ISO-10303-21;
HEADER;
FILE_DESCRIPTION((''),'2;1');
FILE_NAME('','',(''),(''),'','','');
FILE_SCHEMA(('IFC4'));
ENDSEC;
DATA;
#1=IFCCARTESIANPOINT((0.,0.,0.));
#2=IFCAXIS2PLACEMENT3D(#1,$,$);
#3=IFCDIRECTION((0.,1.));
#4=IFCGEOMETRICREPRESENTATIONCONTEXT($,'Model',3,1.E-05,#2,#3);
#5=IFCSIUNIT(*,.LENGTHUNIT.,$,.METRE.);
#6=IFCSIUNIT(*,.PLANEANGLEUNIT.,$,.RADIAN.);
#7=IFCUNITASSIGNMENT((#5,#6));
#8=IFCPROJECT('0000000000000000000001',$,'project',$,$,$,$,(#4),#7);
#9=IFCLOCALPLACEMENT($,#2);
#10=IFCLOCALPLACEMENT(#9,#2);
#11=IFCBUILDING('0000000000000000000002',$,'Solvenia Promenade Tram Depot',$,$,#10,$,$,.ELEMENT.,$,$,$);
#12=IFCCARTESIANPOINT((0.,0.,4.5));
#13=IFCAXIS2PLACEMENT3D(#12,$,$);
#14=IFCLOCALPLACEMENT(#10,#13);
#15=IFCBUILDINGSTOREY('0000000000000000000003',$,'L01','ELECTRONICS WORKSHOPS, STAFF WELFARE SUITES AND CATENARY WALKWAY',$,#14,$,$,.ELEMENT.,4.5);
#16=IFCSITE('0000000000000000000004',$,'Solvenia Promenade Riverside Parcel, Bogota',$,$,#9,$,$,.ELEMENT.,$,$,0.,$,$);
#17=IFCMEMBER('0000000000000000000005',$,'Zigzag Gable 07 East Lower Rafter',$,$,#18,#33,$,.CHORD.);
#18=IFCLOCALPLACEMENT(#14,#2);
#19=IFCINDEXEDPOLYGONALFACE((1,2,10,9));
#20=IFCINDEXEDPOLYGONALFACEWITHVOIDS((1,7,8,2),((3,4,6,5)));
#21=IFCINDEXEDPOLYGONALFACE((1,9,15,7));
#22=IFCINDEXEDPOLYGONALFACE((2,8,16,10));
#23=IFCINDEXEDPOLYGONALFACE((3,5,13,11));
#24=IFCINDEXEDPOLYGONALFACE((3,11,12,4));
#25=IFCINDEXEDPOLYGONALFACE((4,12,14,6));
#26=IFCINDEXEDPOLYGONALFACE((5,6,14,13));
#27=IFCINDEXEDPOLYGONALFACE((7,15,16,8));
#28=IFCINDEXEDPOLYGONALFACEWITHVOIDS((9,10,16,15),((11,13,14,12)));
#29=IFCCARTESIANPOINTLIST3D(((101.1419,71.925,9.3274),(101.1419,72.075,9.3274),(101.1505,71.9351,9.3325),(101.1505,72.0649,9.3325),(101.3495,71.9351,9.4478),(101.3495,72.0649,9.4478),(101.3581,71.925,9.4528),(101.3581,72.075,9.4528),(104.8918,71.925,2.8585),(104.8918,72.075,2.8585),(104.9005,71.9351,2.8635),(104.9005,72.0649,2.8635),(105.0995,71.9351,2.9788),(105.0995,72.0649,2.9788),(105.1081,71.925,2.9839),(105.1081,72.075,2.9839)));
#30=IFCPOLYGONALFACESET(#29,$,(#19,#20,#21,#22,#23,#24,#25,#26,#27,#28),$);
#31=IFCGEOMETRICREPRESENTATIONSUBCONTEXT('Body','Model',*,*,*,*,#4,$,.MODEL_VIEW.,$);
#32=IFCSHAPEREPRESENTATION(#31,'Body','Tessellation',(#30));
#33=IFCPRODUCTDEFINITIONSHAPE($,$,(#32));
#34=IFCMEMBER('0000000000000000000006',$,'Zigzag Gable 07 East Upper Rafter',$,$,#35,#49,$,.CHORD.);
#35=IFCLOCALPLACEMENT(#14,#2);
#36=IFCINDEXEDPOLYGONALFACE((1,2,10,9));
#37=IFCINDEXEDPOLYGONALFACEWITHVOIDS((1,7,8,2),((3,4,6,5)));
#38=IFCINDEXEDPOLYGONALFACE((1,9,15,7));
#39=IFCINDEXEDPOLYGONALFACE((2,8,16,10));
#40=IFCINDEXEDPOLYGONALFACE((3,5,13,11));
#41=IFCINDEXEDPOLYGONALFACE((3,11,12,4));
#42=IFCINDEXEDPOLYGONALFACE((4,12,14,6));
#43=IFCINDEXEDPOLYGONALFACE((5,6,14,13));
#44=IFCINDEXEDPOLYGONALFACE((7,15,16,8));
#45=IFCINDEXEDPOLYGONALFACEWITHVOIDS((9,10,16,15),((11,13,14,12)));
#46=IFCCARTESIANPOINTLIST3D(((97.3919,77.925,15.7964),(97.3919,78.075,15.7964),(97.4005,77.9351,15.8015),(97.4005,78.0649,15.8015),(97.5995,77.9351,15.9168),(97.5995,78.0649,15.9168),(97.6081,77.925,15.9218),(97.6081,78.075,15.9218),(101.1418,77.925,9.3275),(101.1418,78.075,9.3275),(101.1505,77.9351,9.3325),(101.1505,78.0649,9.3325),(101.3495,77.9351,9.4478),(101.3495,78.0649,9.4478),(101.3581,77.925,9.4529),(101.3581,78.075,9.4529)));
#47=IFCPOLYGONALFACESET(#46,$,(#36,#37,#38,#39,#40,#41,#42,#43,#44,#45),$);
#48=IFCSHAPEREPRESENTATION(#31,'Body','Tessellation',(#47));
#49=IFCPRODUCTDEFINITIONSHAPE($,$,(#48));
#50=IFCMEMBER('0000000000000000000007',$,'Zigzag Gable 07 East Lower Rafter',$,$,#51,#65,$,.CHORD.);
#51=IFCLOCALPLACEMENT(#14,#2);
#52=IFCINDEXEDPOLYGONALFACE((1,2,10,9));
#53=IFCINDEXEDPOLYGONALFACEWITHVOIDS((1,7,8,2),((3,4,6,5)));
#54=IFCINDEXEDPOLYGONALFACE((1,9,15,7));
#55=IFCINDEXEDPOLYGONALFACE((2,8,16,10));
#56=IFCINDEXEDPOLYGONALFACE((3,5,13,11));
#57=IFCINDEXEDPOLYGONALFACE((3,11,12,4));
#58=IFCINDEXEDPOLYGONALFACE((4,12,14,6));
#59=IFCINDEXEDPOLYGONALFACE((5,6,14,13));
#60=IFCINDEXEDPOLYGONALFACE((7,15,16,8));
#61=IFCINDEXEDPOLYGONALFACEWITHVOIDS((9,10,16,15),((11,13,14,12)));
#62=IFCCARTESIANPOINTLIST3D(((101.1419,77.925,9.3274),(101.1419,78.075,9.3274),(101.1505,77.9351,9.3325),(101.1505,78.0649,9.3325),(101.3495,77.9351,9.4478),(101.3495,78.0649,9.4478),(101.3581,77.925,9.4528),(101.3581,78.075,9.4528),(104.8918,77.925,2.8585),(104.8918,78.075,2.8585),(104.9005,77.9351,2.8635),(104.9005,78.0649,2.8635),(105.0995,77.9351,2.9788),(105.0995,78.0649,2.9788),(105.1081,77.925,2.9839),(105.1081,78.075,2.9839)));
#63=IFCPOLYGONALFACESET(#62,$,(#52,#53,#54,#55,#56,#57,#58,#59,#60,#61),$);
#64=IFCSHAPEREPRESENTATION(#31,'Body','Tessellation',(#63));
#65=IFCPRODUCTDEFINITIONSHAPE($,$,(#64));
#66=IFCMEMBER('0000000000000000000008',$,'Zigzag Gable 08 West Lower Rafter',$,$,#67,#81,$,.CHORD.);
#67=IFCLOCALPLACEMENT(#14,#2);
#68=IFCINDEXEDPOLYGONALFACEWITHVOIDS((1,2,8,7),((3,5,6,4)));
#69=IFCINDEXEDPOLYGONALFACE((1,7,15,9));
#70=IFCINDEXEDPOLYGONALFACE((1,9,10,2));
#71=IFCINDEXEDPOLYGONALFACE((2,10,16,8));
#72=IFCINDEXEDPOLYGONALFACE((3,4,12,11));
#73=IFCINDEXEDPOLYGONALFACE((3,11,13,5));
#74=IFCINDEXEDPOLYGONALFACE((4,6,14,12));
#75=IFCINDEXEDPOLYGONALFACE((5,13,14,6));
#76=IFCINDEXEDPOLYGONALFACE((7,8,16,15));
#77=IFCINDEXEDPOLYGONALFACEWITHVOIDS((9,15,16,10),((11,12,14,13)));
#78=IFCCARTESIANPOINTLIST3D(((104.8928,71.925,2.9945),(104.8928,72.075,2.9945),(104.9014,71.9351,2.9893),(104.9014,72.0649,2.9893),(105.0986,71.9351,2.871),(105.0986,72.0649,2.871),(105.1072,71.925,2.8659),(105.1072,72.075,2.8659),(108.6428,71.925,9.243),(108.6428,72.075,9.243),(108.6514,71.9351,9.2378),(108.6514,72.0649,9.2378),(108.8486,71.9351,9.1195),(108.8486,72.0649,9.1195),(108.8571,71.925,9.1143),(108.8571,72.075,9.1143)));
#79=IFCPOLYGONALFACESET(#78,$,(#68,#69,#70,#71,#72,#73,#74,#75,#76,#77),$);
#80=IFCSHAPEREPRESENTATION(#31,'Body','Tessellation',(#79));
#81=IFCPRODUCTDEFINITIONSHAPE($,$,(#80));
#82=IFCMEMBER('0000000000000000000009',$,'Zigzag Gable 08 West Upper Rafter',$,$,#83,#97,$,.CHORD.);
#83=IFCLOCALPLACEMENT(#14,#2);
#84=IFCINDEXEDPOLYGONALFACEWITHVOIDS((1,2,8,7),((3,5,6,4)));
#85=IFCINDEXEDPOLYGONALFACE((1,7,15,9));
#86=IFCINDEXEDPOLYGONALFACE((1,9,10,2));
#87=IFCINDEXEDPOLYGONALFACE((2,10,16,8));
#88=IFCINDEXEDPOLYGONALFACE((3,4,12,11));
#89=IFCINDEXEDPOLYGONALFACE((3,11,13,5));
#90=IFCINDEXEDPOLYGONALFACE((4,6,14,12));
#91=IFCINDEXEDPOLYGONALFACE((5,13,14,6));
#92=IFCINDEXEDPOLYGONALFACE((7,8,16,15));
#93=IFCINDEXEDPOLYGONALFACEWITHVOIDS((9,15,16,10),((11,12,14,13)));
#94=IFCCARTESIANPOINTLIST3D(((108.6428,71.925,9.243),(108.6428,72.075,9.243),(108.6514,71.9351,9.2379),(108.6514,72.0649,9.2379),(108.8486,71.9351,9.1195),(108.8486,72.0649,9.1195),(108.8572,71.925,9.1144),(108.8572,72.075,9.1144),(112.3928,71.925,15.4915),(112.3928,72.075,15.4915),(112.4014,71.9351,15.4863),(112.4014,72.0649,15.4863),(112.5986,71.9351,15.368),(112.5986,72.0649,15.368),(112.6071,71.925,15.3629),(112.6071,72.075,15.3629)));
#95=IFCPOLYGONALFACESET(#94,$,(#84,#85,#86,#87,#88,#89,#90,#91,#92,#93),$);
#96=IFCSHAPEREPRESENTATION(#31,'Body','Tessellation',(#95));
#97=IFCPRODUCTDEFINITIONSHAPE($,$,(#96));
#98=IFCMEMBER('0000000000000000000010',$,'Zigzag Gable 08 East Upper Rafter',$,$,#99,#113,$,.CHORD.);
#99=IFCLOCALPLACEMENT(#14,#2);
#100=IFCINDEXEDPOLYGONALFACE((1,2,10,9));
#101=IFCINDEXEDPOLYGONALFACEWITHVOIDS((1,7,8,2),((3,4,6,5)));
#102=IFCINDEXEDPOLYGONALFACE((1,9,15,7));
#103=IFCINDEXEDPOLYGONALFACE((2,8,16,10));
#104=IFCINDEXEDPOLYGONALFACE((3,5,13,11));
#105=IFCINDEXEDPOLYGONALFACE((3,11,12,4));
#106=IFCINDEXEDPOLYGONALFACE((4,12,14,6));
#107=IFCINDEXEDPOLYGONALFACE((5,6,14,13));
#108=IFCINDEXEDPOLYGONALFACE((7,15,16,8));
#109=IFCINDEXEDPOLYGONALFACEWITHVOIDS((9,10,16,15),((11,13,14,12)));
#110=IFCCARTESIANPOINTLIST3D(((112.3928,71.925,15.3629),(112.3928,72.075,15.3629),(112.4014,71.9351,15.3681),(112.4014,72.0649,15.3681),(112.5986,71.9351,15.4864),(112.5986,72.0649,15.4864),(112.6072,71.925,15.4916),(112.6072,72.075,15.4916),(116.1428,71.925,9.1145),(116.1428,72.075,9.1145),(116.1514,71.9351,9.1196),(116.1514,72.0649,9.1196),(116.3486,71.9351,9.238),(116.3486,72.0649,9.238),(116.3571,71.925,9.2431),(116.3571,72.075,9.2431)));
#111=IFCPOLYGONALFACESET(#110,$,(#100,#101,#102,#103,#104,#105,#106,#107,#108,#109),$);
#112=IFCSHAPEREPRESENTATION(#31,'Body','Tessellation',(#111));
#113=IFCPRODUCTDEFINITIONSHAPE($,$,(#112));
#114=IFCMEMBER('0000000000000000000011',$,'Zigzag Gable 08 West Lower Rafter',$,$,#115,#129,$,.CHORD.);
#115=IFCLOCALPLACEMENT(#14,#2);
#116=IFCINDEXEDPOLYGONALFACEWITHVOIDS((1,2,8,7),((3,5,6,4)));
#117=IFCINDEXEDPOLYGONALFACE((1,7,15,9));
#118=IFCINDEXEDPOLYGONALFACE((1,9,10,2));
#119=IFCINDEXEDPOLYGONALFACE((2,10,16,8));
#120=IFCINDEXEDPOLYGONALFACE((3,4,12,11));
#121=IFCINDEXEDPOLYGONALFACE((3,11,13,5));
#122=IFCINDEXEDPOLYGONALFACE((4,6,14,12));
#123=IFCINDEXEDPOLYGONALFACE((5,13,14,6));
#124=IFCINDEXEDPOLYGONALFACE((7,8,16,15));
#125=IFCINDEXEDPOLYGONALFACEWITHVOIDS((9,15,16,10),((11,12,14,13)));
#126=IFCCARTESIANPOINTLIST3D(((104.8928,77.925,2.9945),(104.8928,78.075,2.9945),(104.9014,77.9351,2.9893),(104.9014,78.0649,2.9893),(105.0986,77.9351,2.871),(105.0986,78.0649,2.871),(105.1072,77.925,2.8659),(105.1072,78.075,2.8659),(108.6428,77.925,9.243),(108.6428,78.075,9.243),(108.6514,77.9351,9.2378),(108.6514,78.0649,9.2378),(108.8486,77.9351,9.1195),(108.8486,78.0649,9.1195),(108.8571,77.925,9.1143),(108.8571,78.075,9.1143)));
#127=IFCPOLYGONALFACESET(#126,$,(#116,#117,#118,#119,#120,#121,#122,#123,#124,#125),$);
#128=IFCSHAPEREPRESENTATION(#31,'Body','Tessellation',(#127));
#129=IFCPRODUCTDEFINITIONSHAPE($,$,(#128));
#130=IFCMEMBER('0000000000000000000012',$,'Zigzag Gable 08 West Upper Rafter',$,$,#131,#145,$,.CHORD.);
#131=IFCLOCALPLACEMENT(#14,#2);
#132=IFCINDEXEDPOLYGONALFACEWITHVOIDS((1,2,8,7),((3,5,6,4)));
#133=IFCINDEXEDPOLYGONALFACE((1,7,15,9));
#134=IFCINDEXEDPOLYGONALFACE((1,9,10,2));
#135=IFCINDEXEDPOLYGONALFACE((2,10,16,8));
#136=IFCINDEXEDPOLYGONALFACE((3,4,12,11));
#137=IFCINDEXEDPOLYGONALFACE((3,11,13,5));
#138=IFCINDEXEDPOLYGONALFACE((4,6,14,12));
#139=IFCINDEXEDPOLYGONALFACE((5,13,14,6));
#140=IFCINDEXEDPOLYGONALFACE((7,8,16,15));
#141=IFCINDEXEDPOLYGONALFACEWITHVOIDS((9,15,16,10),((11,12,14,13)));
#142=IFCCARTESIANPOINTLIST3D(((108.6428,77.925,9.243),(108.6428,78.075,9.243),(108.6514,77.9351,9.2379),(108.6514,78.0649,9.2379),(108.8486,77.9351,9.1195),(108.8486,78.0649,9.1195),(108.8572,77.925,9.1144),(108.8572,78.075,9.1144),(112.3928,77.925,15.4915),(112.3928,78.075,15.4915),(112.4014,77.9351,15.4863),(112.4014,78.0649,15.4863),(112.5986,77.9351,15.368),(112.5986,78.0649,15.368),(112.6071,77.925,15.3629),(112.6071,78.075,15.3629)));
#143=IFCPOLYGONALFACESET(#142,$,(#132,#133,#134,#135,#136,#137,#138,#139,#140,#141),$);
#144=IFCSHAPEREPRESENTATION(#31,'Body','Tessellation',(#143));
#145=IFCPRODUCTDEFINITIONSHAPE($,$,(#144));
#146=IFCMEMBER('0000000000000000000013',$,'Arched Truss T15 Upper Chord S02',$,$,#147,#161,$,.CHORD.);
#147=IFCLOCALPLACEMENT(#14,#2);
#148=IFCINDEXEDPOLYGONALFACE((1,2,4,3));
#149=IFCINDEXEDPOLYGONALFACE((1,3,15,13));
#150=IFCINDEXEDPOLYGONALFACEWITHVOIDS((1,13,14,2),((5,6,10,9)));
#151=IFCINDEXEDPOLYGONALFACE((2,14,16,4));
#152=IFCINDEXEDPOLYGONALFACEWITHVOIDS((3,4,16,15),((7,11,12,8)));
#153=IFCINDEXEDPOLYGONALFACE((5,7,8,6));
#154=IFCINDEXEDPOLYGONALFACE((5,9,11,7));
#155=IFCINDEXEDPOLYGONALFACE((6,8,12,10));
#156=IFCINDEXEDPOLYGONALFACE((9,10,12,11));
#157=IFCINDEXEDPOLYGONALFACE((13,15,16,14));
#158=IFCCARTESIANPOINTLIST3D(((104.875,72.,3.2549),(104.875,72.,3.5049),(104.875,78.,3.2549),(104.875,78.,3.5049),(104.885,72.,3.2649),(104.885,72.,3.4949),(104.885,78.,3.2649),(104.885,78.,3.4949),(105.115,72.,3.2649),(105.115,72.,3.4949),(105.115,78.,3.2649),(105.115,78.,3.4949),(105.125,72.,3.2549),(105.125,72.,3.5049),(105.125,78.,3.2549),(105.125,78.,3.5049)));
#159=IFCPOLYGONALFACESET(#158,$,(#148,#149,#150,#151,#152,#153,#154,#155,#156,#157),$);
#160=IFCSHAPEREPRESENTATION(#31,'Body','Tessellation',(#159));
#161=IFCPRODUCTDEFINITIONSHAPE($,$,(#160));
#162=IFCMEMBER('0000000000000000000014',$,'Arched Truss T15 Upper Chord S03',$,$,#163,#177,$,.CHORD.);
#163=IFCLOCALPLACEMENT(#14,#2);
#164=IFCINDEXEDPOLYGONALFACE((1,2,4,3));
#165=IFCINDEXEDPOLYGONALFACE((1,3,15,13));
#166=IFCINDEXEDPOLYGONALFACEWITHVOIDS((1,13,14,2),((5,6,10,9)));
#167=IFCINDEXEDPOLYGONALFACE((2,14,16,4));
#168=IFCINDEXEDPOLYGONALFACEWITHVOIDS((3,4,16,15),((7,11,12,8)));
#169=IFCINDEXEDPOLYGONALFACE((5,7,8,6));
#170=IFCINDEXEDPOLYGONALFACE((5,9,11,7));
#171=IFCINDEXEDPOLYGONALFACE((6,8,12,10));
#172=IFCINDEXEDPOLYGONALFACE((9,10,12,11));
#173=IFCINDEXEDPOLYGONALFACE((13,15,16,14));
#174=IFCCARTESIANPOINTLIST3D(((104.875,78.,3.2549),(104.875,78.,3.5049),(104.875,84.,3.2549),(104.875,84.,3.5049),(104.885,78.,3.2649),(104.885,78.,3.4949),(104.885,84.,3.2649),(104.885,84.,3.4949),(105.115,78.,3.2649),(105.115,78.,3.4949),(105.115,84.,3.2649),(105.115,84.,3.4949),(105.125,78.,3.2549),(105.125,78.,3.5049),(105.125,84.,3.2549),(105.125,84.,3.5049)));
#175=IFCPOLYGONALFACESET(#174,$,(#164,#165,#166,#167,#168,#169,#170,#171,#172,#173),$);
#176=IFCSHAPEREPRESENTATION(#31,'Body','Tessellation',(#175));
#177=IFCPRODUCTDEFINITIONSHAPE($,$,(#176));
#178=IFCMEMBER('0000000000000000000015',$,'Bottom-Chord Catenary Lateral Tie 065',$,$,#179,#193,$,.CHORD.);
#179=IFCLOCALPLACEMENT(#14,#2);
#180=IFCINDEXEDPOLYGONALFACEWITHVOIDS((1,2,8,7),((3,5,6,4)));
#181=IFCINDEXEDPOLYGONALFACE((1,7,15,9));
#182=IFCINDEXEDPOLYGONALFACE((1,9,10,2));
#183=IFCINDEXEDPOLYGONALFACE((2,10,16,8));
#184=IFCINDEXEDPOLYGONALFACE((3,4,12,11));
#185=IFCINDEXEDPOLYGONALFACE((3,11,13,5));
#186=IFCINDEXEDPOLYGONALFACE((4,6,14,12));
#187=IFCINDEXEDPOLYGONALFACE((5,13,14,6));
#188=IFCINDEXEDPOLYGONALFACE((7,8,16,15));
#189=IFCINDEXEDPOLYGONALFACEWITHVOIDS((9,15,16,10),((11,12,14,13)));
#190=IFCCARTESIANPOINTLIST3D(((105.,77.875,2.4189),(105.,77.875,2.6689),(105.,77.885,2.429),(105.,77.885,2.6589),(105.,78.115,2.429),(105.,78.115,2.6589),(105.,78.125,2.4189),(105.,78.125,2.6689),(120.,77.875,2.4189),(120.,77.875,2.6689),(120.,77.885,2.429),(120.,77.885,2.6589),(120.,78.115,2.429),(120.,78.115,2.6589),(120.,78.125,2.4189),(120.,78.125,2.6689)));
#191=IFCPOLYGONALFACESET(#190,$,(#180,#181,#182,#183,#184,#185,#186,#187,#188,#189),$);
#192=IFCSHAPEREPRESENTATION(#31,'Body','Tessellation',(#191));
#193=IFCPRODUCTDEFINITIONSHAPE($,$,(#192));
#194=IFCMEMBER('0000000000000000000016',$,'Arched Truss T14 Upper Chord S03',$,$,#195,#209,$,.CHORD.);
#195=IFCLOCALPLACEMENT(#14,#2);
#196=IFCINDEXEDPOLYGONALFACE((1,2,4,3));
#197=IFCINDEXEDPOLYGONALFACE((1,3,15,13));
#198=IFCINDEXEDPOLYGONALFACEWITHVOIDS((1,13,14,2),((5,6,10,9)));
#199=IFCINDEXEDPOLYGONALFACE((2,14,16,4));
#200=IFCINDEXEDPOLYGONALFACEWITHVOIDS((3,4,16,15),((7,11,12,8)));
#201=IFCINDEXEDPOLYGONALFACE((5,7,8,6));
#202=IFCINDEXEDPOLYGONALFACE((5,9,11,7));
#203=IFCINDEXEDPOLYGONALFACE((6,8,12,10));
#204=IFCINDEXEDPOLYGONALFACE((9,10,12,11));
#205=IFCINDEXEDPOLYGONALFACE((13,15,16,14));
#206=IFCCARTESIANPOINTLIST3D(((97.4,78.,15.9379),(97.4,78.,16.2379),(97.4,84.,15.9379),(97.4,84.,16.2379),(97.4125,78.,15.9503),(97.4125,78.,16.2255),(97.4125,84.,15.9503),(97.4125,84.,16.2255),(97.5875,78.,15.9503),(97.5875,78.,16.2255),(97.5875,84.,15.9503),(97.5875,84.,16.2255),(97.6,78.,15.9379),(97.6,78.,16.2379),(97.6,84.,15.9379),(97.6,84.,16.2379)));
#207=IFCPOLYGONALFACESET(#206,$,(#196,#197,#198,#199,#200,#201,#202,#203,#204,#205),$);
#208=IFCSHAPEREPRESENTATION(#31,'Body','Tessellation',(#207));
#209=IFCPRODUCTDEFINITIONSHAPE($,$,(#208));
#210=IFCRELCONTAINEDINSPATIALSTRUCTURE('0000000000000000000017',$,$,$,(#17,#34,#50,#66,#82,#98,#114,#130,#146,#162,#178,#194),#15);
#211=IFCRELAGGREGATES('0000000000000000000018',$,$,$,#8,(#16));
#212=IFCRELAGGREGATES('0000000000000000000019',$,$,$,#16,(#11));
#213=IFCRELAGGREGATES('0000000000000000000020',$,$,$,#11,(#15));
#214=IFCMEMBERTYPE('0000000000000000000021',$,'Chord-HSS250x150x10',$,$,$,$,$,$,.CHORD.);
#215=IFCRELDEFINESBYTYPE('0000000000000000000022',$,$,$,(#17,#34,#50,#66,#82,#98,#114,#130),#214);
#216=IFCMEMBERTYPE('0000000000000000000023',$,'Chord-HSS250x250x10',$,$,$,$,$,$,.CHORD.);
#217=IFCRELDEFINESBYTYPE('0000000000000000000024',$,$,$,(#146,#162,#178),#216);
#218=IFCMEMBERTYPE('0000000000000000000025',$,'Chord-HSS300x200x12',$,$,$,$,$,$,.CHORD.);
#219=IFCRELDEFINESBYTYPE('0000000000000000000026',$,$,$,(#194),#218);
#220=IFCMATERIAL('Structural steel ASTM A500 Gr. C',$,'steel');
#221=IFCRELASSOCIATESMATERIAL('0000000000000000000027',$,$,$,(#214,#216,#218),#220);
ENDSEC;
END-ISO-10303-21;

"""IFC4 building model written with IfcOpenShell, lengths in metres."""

from ifc_helpers import new_model, si_unit, direction, frame, origin, origin_2d, place, context, subcontext, project, spatial, hollow_rectangle, extrude, material, material_profile, profile_set, type_object, element, save


model = new_model("IFC4")

# Units and contexts
model_context = context("Model", 3, precision=1e-05, world=origin(), true_north=direction((0.0, 1.0)))
body_context = subcontext(model_context, "Body", "Model", "MODEL_VIEW")
ifc_project = project(units=[si_unit("LENGTHUNIT", "METRE"), si_unit("PLANEANGLEUNIT", "RADIAN")], contexts=[model_context])

# Site, building, storey
site_placement = place(None, origin())
site = spatial("IfcSite", under=ifc_project, at=site_placement, Name="Solvenia Promenade Riverside Parcel, Bogota", CompositionType="ELEMENT", RefElevation=0.0)
building_placement = place(site_placement, origin())
building = spatial("IfcBuilding", under=site, at=building_placement, Name="Solvenia Promenade Tram Depot", CompositionType="ELEMENT")
storey_placement = place(building_placement, frame((0.0, 0.0, 4.5)))
storey = spatial("IfcBuildingStorey", under=building, at=storey_placement, Name="L01", Description="ELECTRONICS WORKSHOPS, STAFF WELFARE SUITES AND CATENARY WALKWAY", CompositionType="ELEMENT", Elevation=4.5)

# Members
ifc_material_1 = material(Name="Structural steel ASTM A500 Gr. C", Category="steel")
ifc_material_profile_1 = material_profile(ifc_material_1, hollow_rectangle(XDim=0.1499, YDim=0.25, WallThickness=0.01, at=origin_2d()), Name="HSS250x150x10", Category="steel")
ifc_profile_set_1 = profile_set([ifc_material_profile_1], Name="Structural steel ASTM A500 Gr. C")
member_type_1 = type_object("IfcMemberType", Name="Chord-HSS250x150x10", PredefinedType="CHORD", material=ifc_profile_set_1)
for number, where, z_axis, x_axis, name in (
    (1, (101.25, 72.0, 9.3901), (0.501516, 0.0, -0.865148), (0.0, 1.0, 0.0), "Zigzag Gable 07 East Lower Rafter"),
    (2, (97.5, 78.0, 15.8591), (0.501516, 0.0, -0.865148), (0.0, 1.0, 0.0), "Zigzag Gable 07 East Upper Rafter"),
    (3, (101.25, 78.0, 9.3901), (0.501516, 0.0, -0.865148), (0.0, 1.0, 0.0), "Zigzag Gable 07 East Lower Rafter"),
):
    element("IfcMember", number, at=place(storey_placement, frame(where, z_axis=z_axis, x_axis=x_axis)), inside=storey, type_object=member_type_1, Name=name, PredefinedType="CHORD", context=body_context, shape_type="SweptSolid", body=[
        extrude(hollow_rectangle(XDim=0.1499, YDim=0.25, WallThickness=0.01, at=origin_2d()), origin(), (0.0, 0.0, 1.0), 7.4773),
    ])
for number, where, z_axis, x_axis, name in (
    (4, (105.0, 72.0, 2.9302), (0.514584, 0.0, 0.85744), (0.0, 1.0, 0.0), "Zigzag Gable 08 West Lower Rafter"),
    (5, (108.75, 72.0, 9.1787), (0.514584, 0.0, 0.85744), (0.0, 1.0, 0.0), "Zigzag Gable 08 West Upper Rafter"),
    (6, (112.5, 72.0, 15.4272), (0.514584, 0.0, -0.85744), (0.0, 1.0, 0.0), "Zigzag Gable 08 East Upper Rafter"),
    (7, (105.0, 78.0, 2.9302), (0.514584, 0.0, 0.85744), (0.0, 1.0, 0.0), "Zigzag Gable 08 West Lower Rafter"),
    (8, (108.75, 78.0, 9.1787), (0.514584, 0.0, 0.85744), (0.0, 1.0, 0.0), "Zigzag Gable 08 West Upper Rafter"),
):
    element("IfcMember", number, at=place(storey_placement, frame(where, z_axis=z_axis, x_axis=x_axis)), inside=storey, type_object=member_type_1, Name=name, PredefinedType="CHORD", context=body_context, shape_type="SweptSolid", body=[
        extrude(hollow_rectangle(XDim=0.1499, YDim=0.25, WallThickness=0.01, at=origin_2d()), origin(), (0.0, 0.0, 1.0), 7.2874),
    ])
ifc_material_profile_2 = material_profile(ifc_material_1, hollow_rectangle(XDim=0.25, YDim=0.25, WallThickness=0.01, at=origin_2d()), Name="HSS250x250x10", Category="steel")
ifc_profile_set_2 = profile_set([ifc_material_profile_2], Name="Structural steel ASTM A500 Gr. C")
member_type_2 = type_object("IfcMemberType", Name="Chord-HSS250x250x10", PredefinedType="CHORD", material=ifc_profile_set_2)
for number, where, z_axis, x_axis, name in (
    (9, (105.0, 72.0, 3.3799), (0.0, 1.0, 0.0), (-1.0, 0.0, 0.0), "Arched Truss T15 Upper Chord S02"),
    (10, (105.0, 78.0, 3.3799), (0.0, 1.0, 0.0), (-1.0, 0.0, 0.0), "Arched Truss T15 Upper Chord S03"),
):
    element("IfcMember", number, at=place(storey_placement, frame(where, z_axis=z_axis, x_axis=x_axis)), inside=storey, type_object=member_type_2, Name=name, PredefinedType="CHORD", context=body_context, shape_type="SweptSolid", body=[
        extrude(hollow_rectangle(XDim=0.25, YDim=0.25, WallThickness=0.01, at=origin_2d()), origin(), (0.0, 0.0, 1.0), 6.0),
    ])
member_1_placement = place(storey_placement, frame((105.0, 78.0, 2.5439), z_axis=(1.0, 0.0, 0.0), x_axis=(0.0, 1.0, 0.0)))
element("IfcMember", 11, at=member_1_placement, inside=storey, type_object=member_type_2, Name="Bottom-Chord Catenary Lateral Tie 065", PredefinedType="CHORD", context=body_context, shape_type="SweptSolid", body=[
    extrude(hollow_rectangle(XDim=0.25, YDim=0.25, WallThickness=0.01, at=origin_2d()), origin(), (0.0, 0.0, 1.0), 15.0),
])
ifc_material_profile_3 = material_profile(ifc_material_1, hollow_rectangle(XDim=0.2, YDim=0.3, WallThickness=0.0125, at=origin_2d()), Name="HSS300x200x12.5", Category="steel")
ifc_profile_set_3 = profile_set([ifc_material_profile_3], Name="Structural steel ASTM A500 Gr. C")
member_type_3 = type_object("IfcMemberType", Name="Chord-HSS300x200x12", PredefinedType="CHORD", material=ifc_profile_set_3)
for number, where, z_axis, x_axis, name in (
    (12, (97.5, 78.0, 16.0879), (0.0, 1.0, 0.0), (-1.0, 0.0, 0.0), "Arched Truss T14 Upper Chord S03"),
):
    element("IfcMember", number, at=place(storey_placement, frame(where, z_axis=z_axis, x_axis=x_axis)), inside=storey, type_object=member_type_3, Name=name, PredefinedType="CHORD", context=body_context, shape_type="SweptSolid", body=[
        extrude(hollow_rectangle(XDim=0.2, YDim=0.3, WallThickness=0.0125, at=origin_2d()), origin(), (0.0, 0.0, 1.0), 6.0),
    ])

save(model, "model.ifc")
